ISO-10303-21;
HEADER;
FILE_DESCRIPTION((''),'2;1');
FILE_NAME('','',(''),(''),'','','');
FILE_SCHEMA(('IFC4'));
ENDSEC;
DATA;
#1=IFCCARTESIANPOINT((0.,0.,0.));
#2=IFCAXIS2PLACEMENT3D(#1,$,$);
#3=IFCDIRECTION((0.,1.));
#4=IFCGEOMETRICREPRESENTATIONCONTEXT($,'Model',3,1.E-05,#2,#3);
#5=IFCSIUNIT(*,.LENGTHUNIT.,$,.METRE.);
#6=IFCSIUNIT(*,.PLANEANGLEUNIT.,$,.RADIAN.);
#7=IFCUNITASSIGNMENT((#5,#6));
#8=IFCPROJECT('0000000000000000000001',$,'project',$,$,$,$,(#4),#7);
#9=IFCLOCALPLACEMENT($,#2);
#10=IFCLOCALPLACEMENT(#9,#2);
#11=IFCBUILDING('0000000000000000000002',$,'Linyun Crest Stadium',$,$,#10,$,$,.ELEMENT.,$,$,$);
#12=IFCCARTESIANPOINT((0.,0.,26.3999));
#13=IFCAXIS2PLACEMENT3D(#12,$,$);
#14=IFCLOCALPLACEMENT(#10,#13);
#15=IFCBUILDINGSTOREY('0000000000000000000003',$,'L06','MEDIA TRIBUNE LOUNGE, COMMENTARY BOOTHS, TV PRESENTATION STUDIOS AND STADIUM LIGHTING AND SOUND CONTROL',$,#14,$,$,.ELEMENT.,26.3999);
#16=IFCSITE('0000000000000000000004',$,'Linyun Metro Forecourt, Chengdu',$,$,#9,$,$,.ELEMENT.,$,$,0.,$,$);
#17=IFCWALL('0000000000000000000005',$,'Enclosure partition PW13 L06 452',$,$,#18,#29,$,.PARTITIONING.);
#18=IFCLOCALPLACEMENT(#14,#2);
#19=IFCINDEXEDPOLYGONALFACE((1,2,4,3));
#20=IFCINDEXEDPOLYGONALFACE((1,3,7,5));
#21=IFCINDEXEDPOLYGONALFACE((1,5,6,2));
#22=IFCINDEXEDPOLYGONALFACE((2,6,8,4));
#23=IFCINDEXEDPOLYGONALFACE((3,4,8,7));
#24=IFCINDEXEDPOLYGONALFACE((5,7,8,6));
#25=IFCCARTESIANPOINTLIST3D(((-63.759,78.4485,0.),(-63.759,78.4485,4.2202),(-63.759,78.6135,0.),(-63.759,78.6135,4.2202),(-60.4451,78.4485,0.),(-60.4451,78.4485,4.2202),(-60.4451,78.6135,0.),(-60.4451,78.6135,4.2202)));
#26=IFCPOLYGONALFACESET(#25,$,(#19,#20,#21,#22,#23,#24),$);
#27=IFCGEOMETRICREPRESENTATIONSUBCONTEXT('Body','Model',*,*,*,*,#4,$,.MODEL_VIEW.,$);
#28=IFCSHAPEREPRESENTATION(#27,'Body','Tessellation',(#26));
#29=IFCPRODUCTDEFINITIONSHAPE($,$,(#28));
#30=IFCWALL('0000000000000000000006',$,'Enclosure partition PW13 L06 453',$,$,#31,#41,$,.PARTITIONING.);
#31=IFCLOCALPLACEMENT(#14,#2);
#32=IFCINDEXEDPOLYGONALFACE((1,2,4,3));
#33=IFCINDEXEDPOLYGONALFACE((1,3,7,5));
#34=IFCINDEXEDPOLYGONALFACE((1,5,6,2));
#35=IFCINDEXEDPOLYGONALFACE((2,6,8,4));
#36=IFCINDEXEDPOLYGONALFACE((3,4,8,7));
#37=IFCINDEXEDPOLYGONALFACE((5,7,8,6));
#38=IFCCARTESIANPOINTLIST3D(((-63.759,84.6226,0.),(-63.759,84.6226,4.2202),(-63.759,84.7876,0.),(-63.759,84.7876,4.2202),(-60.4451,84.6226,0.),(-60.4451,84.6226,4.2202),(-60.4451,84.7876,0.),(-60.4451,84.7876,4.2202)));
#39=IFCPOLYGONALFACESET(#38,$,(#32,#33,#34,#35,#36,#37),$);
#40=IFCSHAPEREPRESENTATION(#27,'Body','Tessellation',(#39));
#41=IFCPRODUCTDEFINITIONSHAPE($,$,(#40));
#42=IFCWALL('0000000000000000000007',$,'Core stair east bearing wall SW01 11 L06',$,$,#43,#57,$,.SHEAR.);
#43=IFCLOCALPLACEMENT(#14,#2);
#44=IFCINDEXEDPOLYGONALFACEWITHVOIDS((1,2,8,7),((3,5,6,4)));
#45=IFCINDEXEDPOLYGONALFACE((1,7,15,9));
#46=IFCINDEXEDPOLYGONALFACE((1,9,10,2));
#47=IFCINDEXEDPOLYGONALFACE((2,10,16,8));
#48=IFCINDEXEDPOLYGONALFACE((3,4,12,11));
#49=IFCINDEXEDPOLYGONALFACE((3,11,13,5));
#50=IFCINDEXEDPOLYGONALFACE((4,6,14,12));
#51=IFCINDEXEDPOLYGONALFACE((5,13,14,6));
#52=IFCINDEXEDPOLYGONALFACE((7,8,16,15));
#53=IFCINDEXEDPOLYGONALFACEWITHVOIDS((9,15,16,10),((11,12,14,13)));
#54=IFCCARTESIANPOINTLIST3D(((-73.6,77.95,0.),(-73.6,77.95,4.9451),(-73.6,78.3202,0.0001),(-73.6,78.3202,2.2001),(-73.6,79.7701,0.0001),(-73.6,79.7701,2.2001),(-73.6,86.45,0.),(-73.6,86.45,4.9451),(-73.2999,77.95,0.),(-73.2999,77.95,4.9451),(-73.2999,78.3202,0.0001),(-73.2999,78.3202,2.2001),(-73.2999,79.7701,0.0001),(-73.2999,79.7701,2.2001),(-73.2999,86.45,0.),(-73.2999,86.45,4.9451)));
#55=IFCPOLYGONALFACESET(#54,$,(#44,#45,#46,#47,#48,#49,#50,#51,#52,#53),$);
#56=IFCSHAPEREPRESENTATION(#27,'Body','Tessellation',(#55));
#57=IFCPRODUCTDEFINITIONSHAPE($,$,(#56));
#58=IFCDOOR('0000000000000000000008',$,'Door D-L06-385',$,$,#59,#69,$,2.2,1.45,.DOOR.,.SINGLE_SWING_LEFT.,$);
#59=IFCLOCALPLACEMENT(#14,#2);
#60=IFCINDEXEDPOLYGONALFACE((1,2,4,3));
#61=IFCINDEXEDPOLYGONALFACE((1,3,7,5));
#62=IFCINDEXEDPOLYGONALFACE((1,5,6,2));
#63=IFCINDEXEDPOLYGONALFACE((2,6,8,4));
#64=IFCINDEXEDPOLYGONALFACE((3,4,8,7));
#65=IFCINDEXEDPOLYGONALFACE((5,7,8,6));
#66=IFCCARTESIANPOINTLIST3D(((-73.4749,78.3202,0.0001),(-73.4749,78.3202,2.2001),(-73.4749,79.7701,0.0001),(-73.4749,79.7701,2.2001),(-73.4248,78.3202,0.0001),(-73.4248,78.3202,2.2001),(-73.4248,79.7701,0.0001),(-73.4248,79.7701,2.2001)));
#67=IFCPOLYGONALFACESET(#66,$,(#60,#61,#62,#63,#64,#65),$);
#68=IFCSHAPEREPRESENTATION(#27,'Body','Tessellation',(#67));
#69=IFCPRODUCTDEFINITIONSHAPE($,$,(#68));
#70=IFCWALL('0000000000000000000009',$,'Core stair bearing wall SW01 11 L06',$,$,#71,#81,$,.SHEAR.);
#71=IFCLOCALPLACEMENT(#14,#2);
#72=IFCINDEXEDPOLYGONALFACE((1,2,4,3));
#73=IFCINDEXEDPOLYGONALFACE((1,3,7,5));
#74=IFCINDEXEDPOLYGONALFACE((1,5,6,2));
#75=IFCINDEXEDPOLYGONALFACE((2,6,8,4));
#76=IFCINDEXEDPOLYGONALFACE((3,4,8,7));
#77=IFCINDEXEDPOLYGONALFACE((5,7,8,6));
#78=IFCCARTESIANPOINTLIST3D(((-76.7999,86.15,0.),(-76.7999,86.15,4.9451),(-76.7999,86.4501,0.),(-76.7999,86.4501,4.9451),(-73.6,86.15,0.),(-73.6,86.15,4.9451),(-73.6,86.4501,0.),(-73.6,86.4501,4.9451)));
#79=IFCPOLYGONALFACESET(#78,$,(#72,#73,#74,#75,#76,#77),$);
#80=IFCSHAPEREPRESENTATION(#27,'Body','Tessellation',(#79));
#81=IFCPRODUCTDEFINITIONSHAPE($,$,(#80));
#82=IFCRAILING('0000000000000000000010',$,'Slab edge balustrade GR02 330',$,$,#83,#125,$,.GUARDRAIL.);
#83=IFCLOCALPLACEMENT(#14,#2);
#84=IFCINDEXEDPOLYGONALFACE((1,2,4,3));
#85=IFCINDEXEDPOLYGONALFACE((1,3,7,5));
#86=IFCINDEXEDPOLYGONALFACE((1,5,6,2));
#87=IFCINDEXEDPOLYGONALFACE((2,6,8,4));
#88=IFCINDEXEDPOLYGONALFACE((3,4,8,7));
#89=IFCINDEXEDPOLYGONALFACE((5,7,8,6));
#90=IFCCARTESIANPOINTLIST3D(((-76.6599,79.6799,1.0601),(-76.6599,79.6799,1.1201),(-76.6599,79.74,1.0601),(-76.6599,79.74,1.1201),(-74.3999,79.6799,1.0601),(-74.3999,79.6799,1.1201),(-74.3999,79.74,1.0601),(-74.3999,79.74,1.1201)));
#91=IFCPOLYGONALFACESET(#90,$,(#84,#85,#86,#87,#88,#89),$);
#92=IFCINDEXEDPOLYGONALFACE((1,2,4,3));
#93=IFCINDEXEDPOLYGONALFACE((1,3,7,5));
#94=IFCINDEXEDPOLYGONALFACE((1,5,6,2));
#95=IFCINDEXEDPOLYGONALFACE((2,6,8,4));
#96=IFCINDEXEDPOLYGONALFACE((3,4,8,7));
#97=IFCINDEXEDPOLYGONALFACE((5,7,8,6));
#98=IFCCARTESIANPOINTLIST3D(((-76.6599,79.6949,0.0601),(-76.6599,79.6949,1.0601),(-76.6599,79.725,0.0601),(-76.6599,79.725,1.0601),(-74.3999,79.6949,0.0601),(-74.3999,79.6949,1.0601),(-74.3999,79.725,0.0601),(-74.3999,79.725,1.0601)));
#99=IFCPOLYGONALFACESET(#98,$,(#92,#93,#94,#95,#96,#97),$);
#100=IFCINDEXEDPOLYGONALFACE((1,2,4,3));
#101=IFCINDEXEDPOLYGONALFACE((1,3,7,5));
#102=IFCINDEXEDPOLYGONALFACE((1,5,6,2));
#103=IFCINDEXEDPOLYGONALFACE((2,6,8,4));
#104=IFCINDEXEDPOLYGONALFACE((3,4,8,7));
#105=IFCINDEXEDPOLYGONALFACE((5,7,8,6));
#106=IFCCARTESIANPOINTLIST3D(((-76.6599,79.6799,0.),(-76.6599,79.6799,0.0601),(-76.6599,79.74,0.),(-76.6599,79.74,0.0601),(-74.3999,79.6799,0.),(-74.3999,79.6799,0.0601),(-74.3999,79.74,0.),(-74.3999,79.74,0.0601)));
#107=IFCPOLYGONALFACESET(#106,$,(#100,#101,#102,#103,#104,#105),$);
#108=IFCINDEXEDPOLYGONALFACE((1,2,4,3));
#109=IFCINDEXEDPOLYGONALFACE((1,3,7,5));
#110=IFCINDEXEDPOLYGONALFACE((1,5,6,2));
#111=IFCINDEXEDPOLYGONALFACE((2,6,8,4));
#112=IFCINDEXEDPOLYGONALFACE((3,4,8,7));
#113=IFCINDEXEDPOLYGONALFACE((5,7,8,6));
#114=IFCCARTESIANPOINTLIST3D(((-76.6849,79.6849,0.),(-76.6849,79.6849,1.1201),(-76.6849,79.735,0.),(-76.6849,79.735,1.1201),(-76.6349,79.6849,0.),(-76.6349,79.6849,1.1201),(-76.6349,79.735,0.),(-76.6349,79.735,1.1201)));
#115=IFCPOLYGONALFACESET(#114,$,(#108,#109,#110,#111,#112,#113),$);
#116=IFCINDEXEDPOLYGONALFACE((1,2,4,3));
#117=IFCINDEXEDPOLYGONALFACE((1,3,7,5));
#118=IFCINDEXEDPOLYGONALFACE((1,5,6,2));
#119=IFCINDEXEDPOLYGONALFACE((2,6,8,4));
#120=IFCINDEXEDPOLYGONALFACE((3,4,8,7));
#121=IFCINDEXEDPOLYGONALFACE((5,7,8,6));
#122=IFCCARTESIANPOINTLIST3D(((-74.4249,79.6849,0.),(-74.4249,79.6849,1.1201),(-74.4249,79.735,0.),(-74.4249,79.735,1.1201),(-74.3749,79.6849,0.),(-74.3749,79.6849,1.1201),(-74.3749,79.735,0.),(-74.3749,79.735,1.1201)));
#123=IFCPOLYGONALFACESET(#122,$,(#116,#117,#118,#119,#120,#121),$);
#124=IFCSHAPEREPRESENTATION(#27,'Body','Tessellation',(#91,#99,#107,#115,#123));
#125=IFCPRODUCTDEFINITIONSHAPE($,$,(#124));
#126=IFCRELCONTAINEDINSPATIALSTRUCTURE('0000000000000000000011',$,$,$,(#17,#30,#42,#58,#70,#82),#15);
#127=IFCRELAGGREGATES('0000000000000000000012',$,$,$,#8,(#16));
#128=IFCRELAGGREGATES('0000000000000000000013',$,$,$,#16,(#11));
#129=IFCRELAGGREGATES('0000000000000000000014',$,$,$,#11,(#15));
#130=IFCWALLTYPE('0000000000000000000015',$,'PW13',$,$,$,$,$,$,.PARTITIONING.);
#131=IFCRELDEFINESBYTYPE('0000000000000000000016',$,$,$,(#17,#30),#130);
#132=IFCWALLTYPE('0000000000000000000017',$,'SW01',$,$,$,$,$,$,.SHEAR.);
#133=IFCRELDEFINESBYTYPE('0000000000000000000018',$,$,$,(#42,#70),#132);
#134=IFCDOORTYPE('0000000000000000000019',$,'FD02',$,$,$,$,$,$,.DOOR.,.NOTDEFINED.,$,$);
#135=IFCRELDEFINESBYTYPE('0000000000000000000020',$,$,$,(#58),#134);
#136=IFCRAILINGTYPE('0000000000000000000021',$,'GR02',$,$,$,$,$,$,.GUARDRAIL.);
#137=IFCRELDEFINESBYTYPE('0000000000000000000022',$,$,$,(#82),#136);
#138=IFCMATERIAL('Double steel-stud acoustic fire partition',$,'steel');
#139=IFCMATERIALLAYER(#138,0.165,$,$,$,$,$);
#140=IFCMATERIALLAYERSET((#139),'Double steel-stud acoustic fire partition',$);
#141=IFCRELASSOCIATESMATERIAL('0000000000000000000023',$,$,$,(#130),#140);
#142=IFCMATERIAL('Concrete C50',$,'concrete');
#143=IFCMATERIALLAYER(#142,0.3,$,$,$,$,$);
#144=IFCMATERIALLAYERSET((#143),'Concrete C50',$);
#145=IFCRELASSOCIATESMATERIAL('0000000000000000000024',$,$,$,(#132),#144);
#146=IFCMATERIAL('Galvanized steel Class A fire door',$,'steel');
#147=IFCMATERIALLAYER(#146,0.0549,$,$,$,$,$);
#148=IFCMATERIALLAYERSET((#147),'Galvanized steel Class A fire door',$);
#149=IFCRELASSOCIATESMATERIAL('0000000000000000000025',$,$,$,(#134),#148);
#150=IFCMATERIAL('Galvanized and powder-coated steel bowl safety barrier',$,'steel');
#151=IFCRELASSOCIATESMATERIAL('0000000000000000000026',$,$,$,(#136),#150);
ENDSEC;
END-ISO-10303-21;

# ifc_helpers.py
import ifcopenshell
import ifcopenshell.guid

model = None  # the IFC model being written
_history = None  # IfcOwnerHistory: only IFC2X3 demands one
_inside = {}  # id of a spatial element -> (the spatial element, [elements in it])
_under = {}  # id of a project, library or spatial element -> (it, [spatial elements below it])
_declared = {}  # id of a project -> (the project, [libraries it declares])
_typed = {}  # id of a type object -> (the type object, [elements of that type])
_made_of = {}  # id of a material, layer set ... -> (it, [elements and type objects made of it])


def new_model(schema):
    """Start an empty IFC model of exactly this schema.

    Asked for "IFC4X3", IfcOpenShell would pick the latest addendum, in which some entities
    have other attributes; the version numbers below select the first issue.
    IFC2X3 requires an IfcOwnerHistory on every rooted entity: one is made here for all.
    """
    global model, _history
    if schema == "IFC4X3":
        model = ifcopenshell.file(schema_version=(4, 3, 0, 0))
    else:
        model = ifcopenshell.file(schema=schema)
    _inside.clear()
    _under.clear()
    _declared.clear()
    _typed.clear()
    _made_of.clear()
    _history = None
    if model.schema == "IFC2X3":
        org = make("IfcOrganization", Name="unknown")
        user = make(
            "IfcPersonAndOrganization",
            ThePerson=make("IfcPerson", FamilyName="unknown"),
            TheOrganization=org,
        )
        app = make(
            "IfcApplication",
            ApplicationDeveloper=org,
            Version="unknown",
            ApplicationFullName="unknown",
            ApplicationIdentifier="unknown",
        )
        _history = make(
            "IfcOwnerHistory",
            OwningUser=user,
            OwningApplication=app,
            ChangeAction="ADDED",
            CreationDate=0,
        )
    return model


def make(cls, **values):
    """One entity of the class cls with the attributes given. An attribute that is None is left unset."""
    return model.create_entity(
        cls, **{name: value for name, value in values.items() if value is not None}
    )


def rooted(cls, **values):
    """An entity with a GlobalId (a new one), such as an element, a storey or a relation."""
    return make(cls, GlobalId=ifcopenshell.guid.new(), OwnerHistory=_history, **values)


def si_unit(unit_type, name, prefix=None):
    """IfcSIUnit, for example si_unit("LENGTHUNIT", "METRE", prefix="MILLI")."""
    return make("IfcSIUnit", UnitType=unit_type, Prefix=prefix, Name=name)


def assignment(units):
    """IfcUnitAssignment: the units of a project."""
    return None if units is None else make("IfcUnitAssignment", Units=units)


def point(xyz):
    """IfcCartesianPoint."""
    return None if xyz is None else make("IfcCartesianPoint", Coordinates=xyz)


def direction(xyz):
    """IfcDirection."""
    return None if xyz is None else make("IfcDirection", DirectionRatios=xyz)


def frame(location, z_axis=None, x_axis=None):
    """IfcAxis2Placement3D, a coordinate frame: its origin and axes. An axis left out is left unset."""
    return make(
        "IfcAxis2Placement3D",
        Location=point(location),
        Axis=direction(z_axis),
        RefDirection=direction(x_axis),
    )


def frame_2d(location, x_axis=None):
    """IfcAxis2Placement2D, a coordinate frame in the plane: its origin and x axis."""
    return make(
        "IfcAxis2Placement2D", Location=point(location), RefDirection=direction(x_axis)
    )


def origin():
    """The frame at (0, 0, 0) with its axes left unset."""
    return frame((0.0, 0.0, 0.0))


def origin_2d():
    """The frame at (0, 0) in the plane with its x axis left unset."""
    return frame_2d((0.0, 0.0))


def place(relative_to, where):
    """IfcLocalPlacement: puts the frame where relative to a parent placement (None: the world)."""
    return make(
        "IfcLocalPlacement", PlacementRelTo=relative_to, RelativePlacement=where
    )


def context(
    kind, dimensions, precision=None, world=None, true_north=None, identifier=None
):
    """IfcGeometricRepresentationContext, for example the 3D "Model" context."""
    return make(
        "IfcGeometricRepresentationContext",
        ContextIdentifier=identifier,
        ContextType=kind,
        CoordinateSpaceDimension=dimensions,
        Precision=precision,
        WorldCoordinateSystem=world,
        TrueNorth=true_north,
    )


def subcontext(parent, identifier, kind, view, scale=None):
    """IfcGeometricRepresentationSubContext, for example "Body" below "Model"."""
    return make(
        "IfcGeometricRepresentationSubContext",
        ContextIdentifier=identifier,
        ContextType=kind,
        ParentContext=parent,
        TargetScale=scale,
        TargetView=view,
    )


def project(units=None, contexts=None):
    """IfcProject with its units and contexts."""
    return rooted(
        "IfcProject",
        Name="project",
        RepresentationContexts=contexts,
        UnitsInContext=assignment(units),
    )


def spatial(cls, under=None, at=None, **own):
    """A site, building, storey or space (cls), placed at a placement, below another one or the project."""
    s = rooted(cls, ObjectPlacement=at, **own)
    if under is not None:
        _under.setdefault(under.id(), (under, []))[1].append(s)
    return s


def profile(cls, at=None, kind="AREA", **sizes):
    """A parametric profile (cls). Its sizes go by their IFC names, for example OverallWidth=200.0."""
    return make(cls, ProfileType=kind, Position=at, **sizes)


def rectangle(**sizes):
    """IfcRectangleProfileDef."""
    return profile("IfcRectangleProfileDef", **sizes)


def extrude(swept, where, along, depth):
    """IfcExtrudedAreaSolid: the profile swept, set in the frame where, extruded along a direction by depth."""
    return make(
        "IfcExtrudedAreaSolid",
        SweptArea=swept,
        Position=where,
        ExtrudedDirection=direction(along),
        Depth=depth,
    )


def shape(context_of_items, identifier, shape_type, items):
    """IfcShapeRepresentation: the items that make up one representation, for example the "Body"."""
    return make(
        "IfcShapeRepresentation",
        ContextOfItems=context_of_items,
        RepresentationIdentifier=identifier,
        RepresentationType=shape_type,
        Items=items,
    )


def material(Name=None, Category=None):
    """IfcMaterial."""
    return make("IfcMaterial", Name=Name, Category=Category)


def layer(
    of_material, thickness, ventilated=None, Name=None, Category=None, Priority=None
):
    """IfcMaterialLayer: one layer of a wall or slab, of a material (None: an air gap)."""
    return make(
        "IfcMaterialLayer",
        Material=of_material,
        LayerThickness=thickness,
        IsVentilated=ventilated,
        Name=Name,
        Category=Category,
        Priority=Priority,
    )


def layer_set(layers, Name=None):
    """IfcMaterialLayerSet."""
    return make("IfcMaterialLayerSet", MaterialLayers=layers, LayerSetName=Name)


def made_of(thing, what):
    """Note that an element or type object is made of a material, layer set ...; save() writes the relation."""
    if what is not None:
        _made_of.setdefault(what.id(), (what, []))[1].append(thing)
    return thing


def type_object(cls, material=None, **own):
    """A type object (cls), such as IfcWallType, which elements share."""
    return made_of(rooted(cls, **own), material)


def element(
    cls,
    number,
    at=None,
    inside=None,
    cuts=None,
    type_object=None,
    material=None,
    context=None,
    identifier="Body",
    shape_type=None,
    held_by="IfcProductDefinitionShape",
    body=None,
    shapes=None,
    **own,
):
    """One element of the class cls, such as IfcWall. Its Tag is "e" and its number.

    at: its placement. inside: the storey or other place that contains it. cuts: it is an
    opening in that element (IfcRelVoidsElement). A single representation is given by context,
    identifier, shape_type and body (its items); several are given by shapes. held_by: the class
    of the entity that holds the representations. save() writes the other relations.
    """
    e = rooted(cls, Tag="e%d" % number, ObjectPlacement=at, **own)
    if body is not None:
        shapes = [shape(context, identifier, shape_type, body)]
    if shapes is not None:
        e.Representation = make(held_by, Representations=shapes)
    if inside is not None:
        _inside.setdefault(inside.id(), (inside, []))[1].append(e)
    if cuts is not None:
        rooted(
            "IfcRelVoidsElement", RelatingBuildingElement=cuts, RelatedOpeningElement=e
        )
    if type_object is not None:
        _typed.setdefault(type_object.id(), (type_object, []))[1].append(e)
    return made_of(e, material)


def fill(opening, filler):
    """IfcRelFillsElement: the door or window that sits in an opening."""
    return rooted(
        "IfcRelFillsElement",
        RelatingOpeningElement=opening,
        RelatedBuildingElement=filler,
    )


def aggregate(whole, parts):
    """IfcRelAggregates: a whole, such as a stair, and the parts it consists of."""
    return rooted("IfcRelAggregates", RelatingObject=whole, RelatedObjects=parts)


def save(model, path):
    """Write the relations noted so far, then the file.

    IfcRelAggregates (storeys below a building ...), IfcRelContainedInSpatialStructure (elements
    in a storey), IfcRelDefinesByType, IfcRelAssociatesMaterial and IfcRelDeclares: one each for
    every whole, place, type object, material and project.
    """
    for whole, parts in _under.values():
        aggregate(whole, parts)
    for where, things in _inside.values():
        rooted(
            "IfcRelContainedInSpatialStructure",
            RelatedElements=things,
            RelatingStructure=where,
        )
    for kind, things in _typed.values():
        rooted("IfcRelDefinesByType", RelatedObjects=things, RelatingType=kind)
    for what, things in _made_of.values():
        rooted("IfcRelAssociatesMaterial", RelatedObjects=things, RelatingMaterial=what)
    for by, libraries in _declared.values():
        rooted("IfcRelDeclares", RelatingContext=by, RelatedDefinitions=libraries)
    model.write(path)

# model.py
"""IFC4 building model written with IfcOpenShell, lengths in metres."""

from ifc_helpers import new_model, si_unit, direction, frame, frame_2d, origin, origin_2d, place, context, subcontext, project, spatial, rectangle, extrude, material, layer, layer_set, type_object, element, fill, save


model = new_model("IFC4")

# Units and contexts
model_context = context("Model", 3, precision=1e-05, world=origin(), true_north=direction((0.0, 1.0)))
body_context = subcontext(model_context, "Body", "Model", "MODEL_VIEW")
ifc_project = project(units=[si_unit("LENGTHUNIT", "METRE"), si_unit("PLANEANGLEUNIT", "RADIAN")], contexts=[model_context])

# Site, building, storey
site_placement = place(None, origin())
site = spatial("IfcSite", under=ifc_project, at=site_placement, Name="Linyun Metro Forecourt, Chengdu", CompositionType="ELEMENT", RefElevation=0.0)
building_placement = place(site_placement, origin())
building = spatial("IfcBuilding", under=site, at=building_placement, Name="Linyun Crest Stadium", CompositionType="ELEMENT")
storey_placement = place(building_placement, frame((0.0, 0.0, 26.3999)))
storey = spatial("IfcBuildingStorey", under=building, at=storey_placement, Name="L06", Description="MEDIA TRIBUNE LOUNGE, COMMENTARY BOOTHS, TV PRESENTATION STUDIOS AND STADIUM LIGHTING AND SOUND CONTROL", CompositionType="ELEMENT", Elevation=26.3999)

# Shared definitions
ifc_material_1 = material(Name="Double steel-stud acoustic fire partition", Category="steel")
ifc_layer_1 = layer(ifc_material_1, 0.165)
ifc_layer_set_1 = layer_set([ifc_layer_1], Name="Double steel-stud acoustic fire partition")
wall_type_1 = type_object("IfcWallType", Name="PW13", PredefinedType="PARTITIONING", material=ifc_layer_set_1)

# Walls
for number, where, z_axis, x_axis, name in (
    (1, (-63.759, 78.531, 0.0), (0.0, 0.0, 1.0), (1.0, 0.0, 0.0), "Enclosure partition PW13 L06 452"),
    (2, (-63.759, 84.7051, 0.0), (0.0, 0.0, 1.0), (1.0, 0.0, 0.0), "Enclosure partition PW13 L06 453"),
):
    element("IfcWall", number, at=place(storey_placement, frame(where, z_axis=z_axis, x_axis=x_axis)), inside=storey, type_object=wall_type_1, Name=name, PredefinedType="PARTITIONING", context=body_context, shape_type="SweptSolid", body=[
        extrude(rectangle(XDim=3.314, YDim=0.165, at=frame_2d((1.657, 0.0))), origin(), (0.0, 0.0, 1.0), 4.2202),
    ])

# Wall, opening, door
ifc_material_2 = material(Name="Concrete C50", Category="concrete")
ifc_layer_2 = layer(ifc_material_2, 0.3)
ifc_layer_set_2 = layer_set([ifc_layer_2], Name="Concrete C50")
wall_type_2 = type_object("IfcWallType", Name="SW01", PredefinedType="SHEAR", material=ifc_layer_set_2)
wall_1_placement = place(storey_placement, frame((-73.45, 77.95, 0.0), z_axis=(0.0, 0.0, 1.0), x_axis=(0.0, 1.0, 0.0)))
wall_1 = element("IfcWall", 3, at=wall_1_placement, inside=storey, type_object=wall_type_2, Name="Core stair east bearing wall SW01 11 L06", PredefinedType="SHEAR", context=body_context, shape_type="SweptSolid", body=[
    extrude(rectangle(XDim=8.5, YDim=0.3, at=frame_2d((4.25, 0.0))), origin(), (0.0, 0.0, 1.0), 4.9451),
])
opening_1_placement = place(wall_1_placement, frame((0.3701, 0.0, 0.0)))
opening_1 = element("IfcOpeningElement", 4, at=opening_1_placement, cuts=wall_1, PredefinedType="OPENING", context=body_context, shape_type="SweptSolid", body=[
    extrude(rectangle(XDim=1.45, YDim=2.2, at=frame_2d((0.7251, 1.1001))), frame((0.0, 0.1599, 0.0), z_axis=(0.0, -1.0, 0.0), x_axis=(1.0, 0.0, 0.0)), (0.0, 0.0, 1.0), 0.3201),
])
ifc_material_3 = material(Name="Galvanized steel Class A fire door", Category="steel")
ifc_layer_3 = layer(ifc_material_3, 0.0549)
ifc_layer_set_3 = layer_set([ifc_layer_3], Name="Galvanized steel Class A fire door")
door_type_1 = type_object("IfcDoorType", Name="FD02", OperationType="NOTDEFINED", PredefinedType="DOOR", material=ifc_layer_set_3)
door_1_placement = place(opening_1_placement, origin())
door_1 = element("IfcDoor", 5, at=door_1_placement, inside=storey, type_object=door_type_1, Name="Door D-L06-385", OperationType="SINGLE_SWING_LEFT", OverallHeight=2.2, OverallWidth=1.45, PredefinedType="DOOR", context=body_context, shape_type="SweptSolid", body=[
    extrude(rectangle(XDim=1.45, YDim=2.2, at=frame_2d((0.7251, 1.1001))), frame((0.0, 0.0249, 0.0), z_axis=(0.0, -1.0, 0.0), x_axis=(1.0, 0.0, 0.0)), (0.0, 0.0, 1.0), 0.05),
])
fill(opening_1, door_1)

# Wall
wall_2_placement = place(storey_placement, frame((-76.8, 86.3, 0.0), z_axis=(0.0, 0.0, 1.0), x_axis=(1.0, 0.0, 0.0)))
element("IfcWall", 6, at=wall_2_placement, inside=storey, type_object=wall_type_2, Name="Core stair bearing wall SW01 11 L06", PredefinedType="SHEAR", context=body_context, shape_type="SweptSolid", body=[
    extrude(rectangle(XDim=3.2, YDim=0.3, at=frame_2d((1.6001, 0.0))), origin(), (0.0, 0.0, 1.0), 4.9451),
])

# Railing
ifc_material_4 = material(Name="Galvanized and powder-coated steel bowl safety barrier", Category="steel")
railing_type_1 = type_object("IfcRailingType", Name="GR02", PredefinedType="GUARDRAIL", material=ifc_material_4)
railing_1_placement = place(storey_placement, frame((-76.6599, 79.71, 0.0)))
element("IfcRailing", 7, at=railing_1_placement, inside=storey, type_object=railing_type_1, Name="Slab edge balustrade GR02 330", PredefinedType="GUARDRAIL", context=body_context, shape_type="SweptSolid", body=[
    extrude(rectangle(XDim=0.0601, YDim=0.0601, at=origin_2d()), frame((0.0, 0.0, 1.0901), z_axis=(1.0, 0.0, 0.0), x_axis=(0.0, 1.0, 0.0)), (0.0, 0.0, 1.0), 2.26),
    extrude(rectangle(XDim=0.03, YDim=1.0, at=origin_2d()), frame((0.0, 0.0, 0.5601), z_axis=(1.0, 0.0, 0.0), x_axis=(0.0, 1.0, 0.0)), (0.0, 0.0, 1.0), 2.26),
    extrude(rectangle(XDim=0.0601, YDim=0.0601, at=origin_2d()), frame((0.0, 0.0, 0.03), z_axis=(1.0, 0.0, 0.0), x_axis=(0.0, 1.0, 0.0)), (0.0, 0.0, 1.0), 2.26),
    extrude(rectangle(XDim=0.05, YDim=0.05, at=origin_2d()), origin(), (0.0, 0.0, 1.0), 1.1201),
    extrude(rectangle(XDim=0.05, YDim=0.05, at=origin_2d()), frame((2.26, 0.0, 0.0)), (0.0, 0.0, 1.0), 1.1201),
])

save(model, "model.ifc")
